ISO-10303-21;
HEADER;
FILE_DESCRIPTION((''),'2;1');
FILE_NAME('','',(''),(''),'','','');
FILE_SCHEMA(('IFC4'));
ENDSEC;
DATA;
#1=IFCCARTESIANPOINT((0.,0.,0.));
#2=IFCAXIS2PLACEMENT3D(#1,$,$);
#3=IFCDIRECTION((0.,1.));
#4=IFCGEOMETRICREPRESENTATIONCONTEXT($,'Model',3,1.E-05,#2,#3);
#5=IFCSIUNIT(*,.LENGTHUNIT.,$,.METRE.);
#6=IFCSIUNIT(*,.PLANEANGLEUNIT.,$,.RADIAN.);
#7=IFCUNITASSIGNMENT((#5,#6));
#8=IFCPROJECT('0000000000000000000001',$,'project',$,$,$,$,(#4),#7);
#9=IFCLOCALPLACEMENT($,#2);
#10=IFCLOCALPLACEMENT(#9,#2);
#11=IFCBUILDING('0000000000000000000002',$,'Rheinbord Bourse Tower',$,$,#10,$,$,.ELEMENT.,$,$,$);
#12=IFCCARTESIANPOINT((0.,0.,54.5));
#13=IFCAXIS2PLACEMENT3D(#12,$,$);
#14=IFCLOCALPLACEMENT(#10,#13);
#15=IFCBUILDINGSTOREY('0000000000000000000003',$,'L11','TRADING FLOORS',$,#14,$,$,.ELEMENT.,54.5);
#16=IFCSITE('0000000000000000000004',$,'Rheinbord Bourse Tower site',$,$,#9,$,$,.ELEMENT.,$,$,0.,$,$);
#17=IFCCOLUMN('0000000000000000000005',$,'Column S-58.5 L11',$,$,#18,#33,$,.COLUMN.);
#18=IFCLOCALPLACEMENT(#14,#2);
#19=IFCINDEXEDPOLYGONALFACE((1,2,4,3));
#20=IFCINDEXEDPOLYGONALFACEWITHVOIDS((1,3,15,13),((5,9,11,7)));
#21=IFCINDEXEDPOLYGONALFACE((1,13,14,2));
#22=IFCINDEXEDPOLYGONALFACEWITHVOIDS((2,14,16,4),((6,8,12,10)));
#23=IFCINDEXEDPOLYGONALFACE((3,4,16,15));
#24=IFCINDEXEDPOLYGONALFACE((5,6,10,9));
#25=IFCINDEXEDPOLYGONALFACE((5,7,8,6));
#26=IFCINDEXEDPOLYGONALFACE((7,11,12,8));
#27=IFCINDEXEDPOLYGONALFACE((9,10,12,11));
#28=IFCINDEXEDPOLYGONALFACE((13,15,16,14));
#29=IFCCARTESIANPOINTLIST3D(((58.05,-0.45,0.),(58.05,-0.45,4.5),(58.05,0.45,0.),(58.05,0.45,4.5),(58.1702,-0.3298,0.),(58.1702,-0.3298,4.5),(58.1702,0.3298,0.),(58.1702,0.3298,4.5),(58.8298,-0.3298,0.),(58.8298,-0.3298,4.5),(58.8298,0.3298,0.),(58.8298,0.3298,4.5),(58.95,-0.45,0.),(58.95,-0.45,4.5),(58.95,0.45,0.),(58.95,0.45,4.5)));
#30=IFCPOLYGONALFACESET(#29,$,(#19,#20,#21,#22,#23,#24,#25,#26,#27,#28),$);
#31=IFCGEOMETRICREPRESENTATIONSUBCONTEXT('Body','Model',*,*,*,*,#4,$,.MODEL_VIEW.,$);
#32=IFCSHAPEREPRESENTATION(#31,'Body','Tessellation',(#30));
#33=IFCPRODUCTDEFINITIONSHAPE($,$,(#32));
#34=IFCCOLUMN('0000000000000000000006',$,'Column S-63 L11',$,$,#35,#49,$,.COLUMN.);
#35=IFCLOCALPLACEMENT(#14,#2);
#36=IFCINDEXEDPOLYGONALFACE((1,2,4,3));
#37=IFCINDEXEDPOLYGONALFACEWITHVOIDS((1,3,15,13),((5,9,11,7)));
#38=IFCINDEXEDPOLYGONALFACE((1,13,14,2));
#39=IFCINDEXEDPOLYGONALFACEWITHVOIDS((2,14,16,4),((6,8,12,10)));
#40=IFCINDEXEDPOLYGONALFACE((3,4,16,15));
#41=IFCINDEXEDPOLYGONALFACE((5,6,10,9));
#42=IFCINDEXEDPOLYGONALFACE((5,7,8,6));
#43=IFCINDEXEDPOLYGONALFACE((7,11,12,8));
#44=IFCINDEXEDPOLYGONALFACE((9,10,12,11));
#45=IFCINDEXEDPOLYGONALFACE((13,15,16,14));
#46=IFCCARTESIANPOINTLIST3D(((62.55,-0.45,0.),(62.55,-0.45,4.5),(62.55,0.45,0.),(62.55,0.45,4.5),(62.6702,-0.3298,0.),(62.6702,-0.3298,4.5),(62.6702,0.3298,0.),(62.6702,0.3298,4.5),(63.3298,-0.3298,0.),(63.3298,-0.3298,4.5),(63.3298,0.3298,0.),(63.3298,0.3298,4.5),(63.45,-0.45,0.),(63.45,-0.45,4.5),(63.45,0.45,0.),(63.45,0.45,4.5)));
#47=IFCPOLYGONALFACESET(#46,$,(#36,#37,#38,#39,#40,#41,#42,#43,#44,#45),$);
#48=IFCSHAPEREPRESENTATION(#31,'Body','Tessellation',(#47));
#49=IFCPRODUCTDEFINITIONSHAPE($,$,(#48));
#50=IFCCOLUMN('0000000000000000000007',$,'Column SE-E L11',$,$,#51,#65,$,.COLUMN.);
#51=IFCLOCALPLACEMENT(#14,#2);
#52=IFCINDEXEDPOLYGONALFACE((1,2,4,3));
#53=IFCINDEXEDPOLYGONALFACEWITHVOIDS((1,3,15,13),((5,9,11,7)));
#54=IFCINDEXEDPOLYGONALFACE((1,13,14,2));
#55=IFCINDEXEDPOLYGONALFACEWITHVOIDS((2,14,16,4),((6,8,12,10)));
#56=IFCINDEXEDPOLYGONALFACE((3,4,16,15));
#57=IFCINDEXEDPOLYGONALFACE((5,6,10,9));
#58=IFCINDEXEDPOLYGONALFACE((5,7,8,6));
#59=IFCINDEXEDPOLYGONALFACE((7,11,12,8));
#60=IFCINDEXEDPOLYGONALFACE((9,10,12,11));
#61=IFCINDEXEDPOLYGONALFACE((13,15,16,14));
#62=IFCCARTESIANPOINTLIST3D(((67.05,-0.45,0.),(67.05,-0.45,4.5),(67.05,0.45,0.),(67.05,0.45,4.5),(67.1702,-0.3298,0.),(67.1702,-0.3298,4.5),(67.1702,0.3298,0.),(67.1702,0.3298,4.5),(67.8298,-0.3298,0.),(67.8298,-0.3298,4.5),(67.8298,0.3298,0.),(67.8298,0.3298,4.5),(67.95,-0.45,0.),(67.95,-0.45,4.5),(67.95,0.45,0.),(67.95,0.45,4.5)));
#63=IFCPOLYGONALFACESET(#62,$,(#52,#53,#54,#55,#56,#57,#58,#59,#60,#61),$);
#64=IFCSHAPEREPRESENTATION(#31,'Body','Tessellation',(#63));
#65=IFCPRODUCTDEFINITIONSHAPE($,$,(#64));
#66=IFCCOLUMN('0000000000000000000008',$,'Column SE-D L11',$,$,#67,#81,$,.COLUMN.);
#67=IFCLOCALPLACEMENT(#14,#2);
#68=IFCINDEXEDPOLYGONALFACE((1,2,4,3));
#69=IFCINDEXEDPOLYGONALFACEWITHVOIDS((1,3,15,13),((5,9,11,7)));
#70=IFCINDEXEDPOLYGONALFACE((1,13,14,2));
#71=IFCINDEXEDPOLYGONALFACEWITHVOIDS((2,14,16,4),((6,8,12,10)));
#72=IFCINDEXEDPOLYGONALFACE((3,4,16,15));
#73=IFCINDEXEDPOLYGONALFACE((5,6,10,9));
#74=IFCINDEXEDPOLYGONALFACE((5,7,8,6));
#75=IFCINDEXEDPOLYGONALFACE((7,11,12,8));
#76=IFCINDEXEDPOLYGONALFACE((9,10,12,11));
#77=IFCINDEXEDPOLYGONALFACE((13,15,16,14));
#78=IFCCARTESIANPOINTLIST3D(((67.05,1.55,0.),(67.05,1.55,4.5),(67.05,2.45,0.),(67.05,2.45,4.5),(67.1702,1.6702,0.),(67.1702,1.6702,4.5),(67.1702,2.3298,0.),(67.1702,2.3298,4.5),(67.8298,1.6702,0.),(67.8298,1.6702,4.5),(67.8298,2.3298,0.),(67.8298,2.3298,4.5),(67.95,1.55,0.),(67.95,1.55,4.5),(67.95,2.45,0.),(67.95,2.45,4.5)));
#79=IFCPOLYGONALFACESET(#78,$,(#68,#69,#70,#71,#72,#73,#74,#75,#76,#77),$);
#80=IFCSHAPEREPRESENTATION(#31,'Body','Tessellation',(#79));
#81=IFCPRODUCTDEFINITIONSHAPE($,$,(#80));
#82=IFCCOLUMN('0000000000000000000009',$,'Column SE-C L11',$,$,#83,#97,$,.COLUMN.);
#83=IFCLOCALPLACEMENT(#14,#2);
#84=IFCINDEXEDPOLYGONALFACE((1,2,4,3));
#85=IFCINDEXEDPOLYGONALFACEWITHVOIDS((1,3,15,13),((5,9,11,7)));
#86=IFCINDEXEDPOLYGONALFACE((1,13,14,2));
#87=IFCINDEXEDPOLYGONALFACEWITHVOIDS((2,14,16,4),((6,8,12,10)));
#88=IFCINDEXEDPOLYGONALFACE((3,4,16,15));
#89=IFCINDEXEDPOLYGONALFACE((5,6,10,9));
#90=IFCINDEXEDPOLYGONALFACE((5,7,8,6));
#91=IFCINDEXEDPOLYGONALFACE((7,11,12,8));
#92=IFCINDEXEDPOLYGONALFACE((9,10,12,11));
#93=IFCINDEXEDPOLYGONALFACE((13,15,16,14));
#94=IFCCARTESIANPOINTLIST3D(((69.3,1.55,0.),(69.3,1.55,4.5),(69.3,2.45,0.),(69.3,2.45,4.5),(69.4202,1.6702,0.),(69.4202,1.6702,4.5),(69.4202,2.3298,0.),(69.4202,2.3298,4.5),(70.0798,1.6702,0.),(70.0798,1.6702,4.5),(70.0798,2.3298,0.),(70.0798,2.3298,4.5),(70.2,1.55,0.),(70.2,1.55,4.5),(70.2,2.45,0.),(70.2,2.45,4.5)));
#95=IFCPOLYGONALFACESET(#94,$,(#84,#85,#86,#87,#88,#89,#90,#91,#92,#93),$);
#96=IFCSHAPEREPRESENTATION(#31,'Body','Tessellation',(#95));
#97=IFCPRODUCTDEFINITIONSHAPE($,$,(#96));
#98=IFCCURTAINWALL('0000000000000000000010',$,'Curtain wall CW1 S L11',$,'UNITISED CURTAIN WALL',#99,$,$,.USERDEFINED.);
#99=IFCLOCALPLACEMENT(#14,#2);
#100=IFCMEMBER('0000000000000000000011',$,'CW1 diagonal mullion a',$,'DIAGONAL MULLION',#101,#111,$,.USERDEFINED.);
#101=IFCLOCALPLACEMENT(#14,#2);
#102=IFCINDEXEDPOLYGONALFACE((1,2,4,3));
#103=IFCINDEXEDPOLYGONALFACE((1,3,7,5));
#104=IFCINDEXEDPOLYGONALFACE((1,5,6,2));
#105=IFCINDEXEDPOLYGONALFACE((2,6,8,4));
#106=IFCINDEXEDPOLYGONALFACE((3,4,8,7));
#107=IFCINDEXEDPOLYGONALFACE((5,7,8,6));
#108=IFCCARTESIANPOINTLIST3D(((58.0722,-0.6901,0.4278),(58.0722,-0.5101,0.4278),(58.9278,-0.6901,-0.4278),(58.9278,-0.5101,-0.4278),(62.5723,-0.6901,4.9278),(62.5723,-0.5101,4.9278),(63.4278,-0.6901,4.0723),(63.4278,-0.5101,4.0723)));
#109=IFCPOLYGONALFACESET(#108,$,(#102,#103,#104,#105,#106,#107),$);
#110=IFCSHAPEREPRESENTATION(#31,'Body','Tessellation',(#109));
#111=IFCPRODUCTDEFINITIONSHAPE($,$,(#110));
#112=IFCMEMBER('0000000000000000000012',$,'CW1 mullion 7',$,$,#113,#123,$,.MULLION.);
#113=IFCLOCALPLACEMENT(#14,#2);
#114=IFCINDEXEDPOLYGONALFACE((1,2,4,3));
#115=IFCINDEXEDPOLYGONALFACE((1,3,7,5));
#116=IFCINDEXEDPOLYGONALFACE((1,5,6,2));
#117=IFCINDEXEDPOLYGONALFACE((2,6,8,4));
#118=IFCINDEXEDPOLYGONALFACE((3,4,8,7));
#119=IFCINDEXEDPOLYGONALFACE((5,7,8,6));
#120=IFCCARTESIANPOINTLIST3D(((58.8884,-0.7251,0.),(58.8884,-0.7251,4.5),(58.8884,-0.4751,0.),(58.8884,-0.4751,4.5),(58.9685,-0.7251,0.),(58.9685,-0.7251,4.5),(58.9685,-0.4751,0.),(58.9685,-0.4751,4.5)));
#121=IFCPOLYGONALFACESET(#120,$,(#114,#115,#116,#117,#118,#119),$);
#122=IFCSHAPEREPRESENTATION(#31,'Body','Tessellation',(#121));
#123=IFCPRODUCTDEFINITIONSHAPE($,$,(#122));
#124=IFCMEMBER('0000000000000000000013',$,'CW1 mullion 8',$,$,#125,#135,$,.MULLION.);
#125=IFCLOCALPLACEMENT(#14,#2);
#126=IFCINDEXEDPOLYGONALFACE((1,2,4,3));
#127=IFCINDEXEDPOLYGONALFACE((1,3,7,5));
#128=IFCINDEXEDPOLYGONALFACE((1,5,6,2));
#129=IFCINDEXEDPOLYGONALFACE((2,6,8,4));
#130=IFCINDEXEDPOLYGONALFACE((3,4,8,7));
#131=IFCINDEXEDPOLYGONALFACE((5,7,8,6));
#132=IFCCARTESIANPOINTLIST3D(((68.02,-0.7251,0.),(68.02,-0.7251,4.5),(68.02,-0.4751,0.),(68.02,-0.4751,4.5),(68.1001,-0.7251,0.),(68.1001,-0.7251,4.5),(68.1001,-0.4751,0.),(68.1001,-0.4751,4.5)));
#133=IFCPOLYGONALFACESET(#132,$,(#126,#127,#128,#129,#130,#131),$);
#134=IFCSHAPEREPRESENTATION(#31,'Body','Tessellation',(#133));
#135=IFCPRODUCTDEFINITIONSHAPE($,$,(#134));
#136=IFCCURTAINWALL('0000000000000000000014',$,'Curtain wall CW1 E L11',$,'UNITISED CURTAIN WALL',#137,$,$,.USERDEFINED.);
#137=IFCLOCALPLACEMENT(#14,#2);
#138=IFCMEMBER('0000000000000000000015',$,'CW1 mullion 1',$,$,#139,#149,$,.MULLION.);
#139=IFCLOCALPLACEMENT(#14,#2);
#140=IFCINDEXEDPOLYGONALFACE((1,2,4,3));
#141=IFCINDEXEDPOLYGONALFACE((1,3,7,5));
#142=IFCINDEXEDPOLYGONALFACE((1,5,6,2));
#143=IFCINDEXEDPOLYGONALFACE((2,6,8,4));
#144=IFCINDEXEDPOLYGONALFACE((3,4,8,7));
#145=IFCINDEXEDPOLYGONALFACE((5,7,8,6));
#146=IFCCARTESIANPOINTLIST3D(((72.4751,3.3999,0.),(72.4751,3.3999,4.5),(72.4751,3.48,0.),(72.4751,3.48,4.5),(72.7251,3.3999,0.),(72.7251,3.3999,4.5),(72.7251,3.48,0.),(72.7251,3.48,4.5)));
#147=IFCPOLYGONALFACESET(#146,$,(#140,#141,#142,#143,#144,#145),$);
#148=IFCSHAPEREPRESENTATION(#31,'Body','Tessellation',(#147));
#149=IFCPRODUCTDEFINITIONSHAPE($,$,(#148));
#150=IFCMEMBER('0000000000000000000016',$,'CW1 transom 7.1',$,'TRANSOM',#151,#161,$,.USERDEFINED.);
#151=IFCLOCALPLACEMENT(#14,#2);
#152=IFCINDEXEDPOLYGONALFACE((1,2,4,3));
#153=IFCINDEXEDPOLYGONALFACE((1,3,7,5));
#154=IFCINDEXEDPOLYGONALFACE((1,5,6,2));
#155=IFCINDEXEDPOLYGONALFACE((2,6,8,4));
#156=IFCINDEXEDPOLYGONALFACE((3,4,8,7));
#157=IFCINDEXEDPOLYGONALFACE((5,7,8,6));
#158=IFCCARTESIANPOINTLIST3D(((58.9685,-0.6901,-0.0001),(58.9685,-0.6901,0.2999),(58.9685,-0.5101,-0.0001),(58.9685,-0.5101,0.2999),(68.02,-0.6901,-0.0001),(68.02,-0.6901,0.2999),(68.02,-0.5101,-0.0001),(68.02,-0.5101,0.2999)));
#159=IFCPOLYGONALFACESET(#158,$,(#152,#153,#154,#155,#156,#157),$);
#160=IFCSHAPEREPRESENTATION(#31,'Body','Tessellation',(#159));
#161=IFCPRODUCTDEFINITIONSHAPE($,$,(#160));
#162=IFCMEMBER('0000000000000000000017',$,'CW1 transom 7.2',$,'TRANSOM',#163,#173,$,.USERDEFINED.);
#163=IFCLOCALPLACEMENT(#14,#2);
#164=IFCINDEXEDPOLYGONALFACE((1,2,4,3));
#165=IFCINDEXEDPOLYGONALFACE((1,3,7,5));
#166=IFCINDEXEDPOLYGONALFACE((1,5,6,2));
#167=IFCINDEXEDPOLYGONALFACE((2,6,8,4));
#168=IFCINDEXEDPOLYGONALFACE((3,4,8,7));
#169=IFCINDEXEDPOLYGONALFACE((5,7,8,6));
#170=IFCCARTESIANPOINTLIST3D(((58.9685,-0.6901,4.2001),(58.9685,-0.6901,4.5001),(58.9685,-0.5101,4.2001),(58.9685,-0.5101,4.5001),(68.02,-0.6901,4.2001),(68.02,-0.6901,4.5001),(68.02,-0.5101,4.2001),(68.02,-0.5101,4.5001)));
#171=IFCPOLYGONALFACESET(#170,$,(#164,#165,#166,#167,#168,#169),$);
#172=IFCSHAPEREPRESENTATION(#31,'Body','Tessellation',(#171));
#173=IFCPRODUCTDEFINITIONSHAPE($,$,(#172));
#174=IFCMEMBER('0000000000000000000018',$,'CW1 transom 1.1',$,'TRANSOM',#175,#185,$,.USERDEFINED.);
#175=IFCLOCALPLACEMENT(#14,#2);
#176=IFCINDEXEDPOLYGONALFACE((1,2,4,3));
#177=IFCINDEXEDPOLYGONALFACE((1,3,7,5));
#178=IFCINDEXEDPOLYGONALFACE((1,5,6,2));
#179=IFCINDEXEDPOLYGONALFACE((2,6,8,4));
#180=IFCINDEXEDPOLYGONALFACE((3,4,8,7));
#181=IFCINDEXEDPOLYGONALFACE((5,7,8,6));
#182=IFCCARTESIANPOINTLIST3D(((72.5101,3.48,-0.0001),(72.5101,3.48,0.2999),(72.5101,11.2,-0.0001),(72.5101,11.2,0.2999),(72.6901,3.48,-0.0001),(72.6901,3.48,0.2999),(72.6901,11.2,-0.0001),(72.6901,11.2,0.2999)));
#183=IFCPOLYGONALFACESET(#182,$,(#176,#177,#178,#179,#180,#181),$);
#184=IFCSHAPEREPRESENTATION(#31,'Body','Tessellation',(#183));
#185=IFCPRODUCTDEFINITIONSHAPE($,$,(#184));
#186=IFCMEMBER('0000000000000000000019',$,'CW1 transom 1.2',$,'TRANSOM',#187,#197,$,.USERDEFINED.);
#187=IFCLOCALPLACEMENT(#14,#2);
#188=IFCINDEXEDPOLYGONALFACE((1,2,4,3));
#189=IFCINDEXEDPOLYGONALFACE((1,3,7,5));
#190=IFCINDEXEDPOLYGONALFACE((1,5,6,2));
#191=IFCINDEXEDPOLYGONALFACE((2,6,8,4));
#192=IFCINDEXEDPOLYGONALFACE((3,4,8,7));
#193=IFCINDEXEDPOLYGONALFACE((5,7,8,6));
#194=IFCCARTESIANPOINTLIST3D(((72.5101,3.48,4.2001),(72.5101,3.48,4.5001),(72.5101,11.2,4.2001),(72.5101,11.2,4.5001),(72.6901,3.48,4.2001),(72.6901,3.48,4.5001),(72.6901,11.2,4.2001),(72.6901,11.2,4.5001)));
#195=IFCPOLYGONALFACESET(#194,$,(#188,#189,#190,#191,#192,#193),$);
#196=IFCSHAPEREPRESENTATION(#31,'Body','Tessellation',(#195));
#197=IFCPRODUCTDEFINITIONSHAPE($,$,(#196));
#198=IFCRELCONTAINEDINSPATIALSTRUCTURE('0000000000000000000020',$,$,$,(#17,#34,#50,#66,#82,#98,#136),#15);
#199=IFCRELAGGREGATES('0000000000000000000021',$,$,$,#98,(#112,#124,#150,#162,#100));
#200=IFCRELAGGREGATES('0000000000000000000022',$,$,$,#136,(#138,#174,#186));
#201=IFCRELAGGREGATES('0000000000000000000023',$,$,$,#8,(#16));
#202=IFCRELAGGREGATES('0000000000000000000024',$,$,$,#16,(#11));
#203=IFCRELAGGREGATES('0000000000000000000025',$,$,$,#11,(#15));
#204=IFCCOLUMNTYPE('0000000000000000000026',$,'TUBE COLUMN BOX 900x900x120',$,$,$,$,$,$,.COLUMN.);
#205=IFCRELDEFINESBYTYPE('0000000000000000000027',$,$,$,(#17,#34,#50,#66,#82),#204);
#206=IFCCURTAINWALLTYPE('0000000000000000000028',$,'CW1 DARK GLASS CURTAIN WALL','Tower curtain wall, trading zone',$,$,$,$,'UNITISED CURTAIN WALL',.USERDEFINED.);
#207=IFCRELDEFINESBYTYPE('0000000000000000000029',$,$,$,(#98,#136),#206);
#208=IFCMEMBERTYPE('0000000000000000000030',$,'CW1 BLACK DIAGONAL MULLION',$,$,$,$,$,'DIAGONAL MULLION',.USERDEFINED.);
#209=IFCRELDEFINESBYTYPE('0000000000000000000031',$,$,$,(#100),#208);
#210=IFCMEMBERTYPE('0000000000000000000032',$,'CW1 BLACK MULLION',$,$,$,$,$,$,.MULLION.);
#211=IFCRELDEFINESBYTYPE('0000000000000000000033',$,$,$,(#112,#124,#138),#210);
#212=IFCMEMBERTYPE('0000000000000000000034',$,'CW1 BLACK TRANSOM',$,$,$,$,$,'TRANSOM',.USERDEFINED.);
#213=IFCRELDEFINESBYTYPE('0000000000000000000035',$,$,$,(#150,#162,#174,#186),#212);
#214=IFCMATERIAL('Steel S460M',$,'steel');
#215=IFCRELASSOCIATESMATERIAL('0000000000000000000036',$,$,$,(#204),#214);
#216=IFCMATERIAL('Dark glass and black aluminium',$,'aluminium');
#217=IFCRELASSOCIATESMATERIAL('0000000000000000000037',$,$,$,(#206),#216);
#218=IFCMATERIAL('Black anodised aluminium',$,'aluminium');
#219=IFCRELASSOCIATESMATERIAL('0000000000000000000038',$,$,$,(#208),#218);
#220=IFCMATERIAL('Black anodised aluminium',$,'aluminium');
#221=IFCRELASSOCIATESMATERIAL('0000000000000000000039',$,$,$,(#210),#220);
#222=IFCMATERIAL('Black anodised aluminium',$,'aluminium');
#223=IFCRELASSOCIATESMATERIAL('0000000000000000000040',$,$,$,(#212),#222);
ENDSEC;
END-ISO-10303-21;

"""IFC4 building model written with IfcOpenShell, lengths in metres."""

from ifc_helpers import new_model, si_unit, direction, frame, origin, origin_2d, place, context, subcontext, project, spatial, rectangle, hollow_rectangle, extrude, material, material_profile, profile_set, type_object, element, aggregate, save


model = new_model("IFC4")

# Units and contexts
model_context = context("Model", 3, precision=1e-05, world=origin(), true_north=direction((0.0, 1.0)))
body_context = subcontext(model_context, "Body", "Model", "MODEL_VIEW")
ifc_project = project(units=[si_unit("LENGTHUNIT", "METRE"), si_unit("PLANEANGLEUNIT", "RADIAN")], contexts=[model_context])

# Site, building, storey
site_placement = place(None, origin())
site = spatial("IfcSite", under=ifc_project, at=site_placement, Name="Rheinbord Bourse Tower site", CompositionType="ELEMENT", RefElevation=0.0)
building_placement = place(site_placement, origin())
building = spatial("IfcBuilding", under=site, at=building_placement, Name="Rheinbord Bourse Tower", CompositionType="ELEMENT")
storey_placement = place(building_placement, frame((0.0, 0.0, 54.5)))
storey = spatial("IfcBuildingStorey", under=building, at=storey_placement, Name="L11", Description="TRADING FLOORS", CompositionType="ELEMENT", Elevation=54.5)

# Columns
ifc_material_1 = material(Name="Steel S460M", Category="steel")
ifc_material_profile_1 = material_profile(ifc_material_1, hollow_rectangle(XDim=0.8999, YDim=0.8999, WallThickness=0.1201, at=origin_2d()), Name="BOX 900x900x120")
ifc_profile_set_1 = profile_set([ifc_material_profile_1], Name="Steel S460M")
column_type = type_object("IfcColumnType", Name="TUBE COLUMN BOX 900x900x120", PredefinedType="COLUMN", material=ifc_profile_set_1)
for number, where, z_axis, x_axis, name in (
    (1, (58.5, 0.0, 0.0), (0.0, 0.0, 1.0), (0.0, 1.0, 0.0), "Column S-58.5 L11"),
    (2, (63.0, 0.0, 0.0), (0.0, 0.0, 1.0), (0.0, 1.0, 0.0), "Column S-63 L11"),
    (3, (67.5, 0.0, 0.0), (0.0, 0.0, 1.0), (0.0, 1.0, 0.0), "Column SE-E L11"),
    (4, (67.5, 2.0, 0.0), (0.0, 0.0, 1.0), (0.0, 1.0, 0.0), "Column SE-D L11"),
    (5, (69.75, 2.0, 0.0), (0.0, 0.0, 1.0), (1.0, 0.0, 0.0), "Column SE-C L11"),
):
    element("IfcColumn", number, at=place(storey_placement, frame(where, z_axis=z_axis, x_axis=x_axis)), inside=storey, type_object=column_type, Name=name, PredefinedType="COLUMN", context=body_context, shape_type="SweptSolid", body=[
        extrude(hollow_rectangle(XDim=0.8999, YDim=0.8999, WallThickness=0.1201, at=origin_2d()), origin(), (0.0, 0.0, 1.0), 4.5),
    ])

# Curtain wall, members
ifc_material_2 = material(Name="Dark glass and black aluminium", Category="aluminium")
curtain_wall_type = type_object("IfcCurtainWallType", Name="CW1 DARK GLASS CURTAIN WALL", Description="Tower curtain wall, trading zone", ElementType="UNITISED CURTAIN WALL", PredefinedType="USERDEFINED", material=ifc_material_2)
curtain_wall_1_placement = place(storey_placement, origin())
curtain_wall_1 = element("IfcCurtainWall", 6, at=curtain_wall_1_placement, inside=storey, type_object=curtain_wall_type, Name="Curtain wall CW1 S L11", ObjectType="UNITISED CURTAIN WALL", PredefinedType="USERDEFINED")
ifc_material_3 = material(Name="Black anodised aluminium", Category="aluminium")
ifc_material_profile_2 = material_profile(ifc_material_3, rectangle(XDim=0.1799, YDim=1.21, at=origin_2d()), Name="CW1 DIAGONAL MULLION 1210x180")
ifc_profile_set_2 = profile_set([ifc_material_profile_2], Name="Black anodised aluminium")
member_type_1 = type_object("IfcMemberType", Name="CW1 BLACK DIAGONAL MULLION", ElementType="DIAGONAL MULLION", PredefinedType="USERDEFINED", material=ifc_profile_set_2)
member_1_placement = place(storey_placement, frame((58.5, -0.6001, 0.0), z_axis=(0.707107, 0.0, 0.707107), x_axis=(0.0, 1.0, 0.0)))
member_1 = element("IfcMember", 7, at=member_1_placement, type_object=member_type_1, Name="CW1 diagonal mullion a", ObjectType="DIAGONAL MULLION", PredefinedType="USERDEFINED", context=body_context, shape_type="SweptSolid", body=[
    extrude(rectangle(XDim=0.1799, YDim=1.21, at=origin_2d()), origin(), (0.0, 0.0, 1.0), 6.364),
])
ifc_material_4 = material(Name="Black anodised aluminium", Category="aluminium")
ifc_material_profile_3 = material_profile(ifc_material_4, rectangle(XDim=0.25, YDim=0.0801, at=origin_2d()), Name="CW1 MULLION 80x250")
ifc_profile_set_3 = profile_set([ifc_material_profile_3], Name="Black anodised aluminium")
member_type_2 = type_object("IfcMemberType", Name="CW1 BLACK MULLION", PredefinedType="MULLION", material=ifc_profile_set_3)
member_2_placement = place(storey_placement, frame((58.9285, -0.6001, 0.0), z_axis=(0.0, 0.0, 1.0), x_axis=(0.0, 1.0, 0.0)))
member_2 = element("IfcMember", 8, at=member_2_placement, type_object=member_type_2, Name="CW1 mullion 7", PredefinedType="MULLION", context=body_context, shape_type="SweptSolid", body=[
    extrude(rectangle(XDim=0.25, YDim=0.0801, at=origin_2d()), origin(), (0.0, 0.0, 1.0), 4.5),
])
member_3_placement = place(storey_placement, frame((68.0601, -0.6001, 0.0), z_axis=(0.0, 0.0, 1.0), x_axis=(0.0, 1.0, 0.0)))
member_3 = element("IfcMember", 9, at=member_3_placement, type_object=member_type_2, Name="CW1 mullion 8", PredefinedType="MULLION", context=body_context, shape_type="SweptSolid", body=[
    extrude(rectangle(XDim=0.25, YDim=0.0801, at=origin_2d()), origin(), (0.0, 0.0, 1.0), 4.5),
])

# Curtain wall, member
curtain_wall_2_placement = place(storey_placement, origin())
curtain_wall_2 = element("IfcCurtainWall", 10, at=curtain_wall_2_placement, inside=storey, type_object=curtain_wall_type, Name="Curtain wall CW1 E L11", ObjectType="UNITISED CURTAIN WALL", PredefinedType="USERDEFINED")
member_4_placement = place(storey_placement, frame((72.6001, 3.4399, 0.0), z_axis=(0.0, 0.0, 1.0), x_axis=(-1.0, 0.0, 0.0)))
member_4 = element("IfcMember", 11, at=member_4_placement, type_object=member_type_2, Name="CW1 mullion 1", PredefinedType="MULLION", context=body_context, shape_type="SweptSolid", body=[
    extrude(rectangle(XDim=0.25, YDim=0.0801, at=origin_2d()), origin(), (0.0, 0.0, 1.0), 4.5),
])

# Members
ifc_material_5 = material(Name="Black anodised aluminium", Category="aluminium")
ifc_material_profile_4 = material_profile(ifc_material_5, rectangle(XDim=0.1799, YDim=0.3, at=origin_2d()), Name="CW1 TRANSOM 300x180")
ifc_profile_set_4 = profile_set([ifc_material_profile_4], Name="Black anodised aluminium")
member_type_3 = type_object("IfcMemberType", Name="CW1 BLACK TRANSOM", ElementType="TRANSOM", PredefinedType="USERDEFINED", material=ifc_profile_set_4)
member_5_placement = place(storey_placement, frame((58.9685, -0.6001, 0.1499), z_axis=(1.0, 0.0, 0.0), x_axis=(0.0, 1.0, 0.0)))
member_5 = element("IfcMember", 12, at=member_5_placement, type_object=member_type_3, Name="CW1 transom 7.1", ObjectType="TRANSOM", PredefinedType="USERDEFINED", context=body_context, shape_type="SweptSolid", body=[
    extrude(rectangle(XDim=0.1799, YDim=0.3, at=origin_2d()), origin(), (0.0, 0.0, 1.0), 9.0515),
])
member_6_placement = place(storey_placement, frame((58.9685, -0.6001, 4.3501), z_axis=(1.0, 0.0, 0.0), x_axis=(0.0, 1.0, 0.0)))
member_6 = element("IfcMember", 13, at=member_6_placement, type_object=member_type_3, Name="CW1 transom 7.2", ObjectType="TRANSOM", PredefinedType="USERDEFINED", context=body_context, shape_type="SweptSolid", body=[
    extrude(rectangle(XDim=0.1799, YDim=0.3, at=origin_2d()), origin(), (0.0, 0.0, 1.0), 9.0515),
])
member_7_placement = place(storey_placement, frame((72.6001, 3.48, 0.1499), z_axis=(0.0, 1.0, 0.0), x_axis=(-1.0, 0.0, 0.0)))
member_7 = element("IfcMember", 14, at=member_7_placement, type_object=member_type_3, Name="CW1 transom 1.1", ObjectType="TRANSOM", PredefinedType="USERDEFINED", context=body_context, shape_type="SweptSolid", body=[
    extrude(rectangle(XDim=0.1799, YDim=0.3, at=origin_2d()), origin(), (0.0, 0.0, 1.0), 7.72),
])
member_8_placement = place(storey_placement, frame((72.6001, 3.48, 4.3501), z_axis=(0.0, 1.0, 0.0), x_axis=(-1.0, 0.0, 0.0)))
member_8 = element("IfcMember", 15, at=member_8_placement, type_object=member_type_3, Name="CW1 transom 1.2", ObjectType="TRANSOM", PredefinedType="USERDEFINED", context=body_context, shape_type="SweptSolid", body=[
    extrude(rectangle(XDim=0.1799, YDim=0.3, at=origin_2d()), origin(), (0.0, 0.0, 1.0), 7.72),
])

aggregate(curtain_wall_1, [member_2, member_3, member_5, member_6, member_1])
aggregate(curtain_wall_2, [member_4, member_7, member_8])

save(model, "model.ifc")
